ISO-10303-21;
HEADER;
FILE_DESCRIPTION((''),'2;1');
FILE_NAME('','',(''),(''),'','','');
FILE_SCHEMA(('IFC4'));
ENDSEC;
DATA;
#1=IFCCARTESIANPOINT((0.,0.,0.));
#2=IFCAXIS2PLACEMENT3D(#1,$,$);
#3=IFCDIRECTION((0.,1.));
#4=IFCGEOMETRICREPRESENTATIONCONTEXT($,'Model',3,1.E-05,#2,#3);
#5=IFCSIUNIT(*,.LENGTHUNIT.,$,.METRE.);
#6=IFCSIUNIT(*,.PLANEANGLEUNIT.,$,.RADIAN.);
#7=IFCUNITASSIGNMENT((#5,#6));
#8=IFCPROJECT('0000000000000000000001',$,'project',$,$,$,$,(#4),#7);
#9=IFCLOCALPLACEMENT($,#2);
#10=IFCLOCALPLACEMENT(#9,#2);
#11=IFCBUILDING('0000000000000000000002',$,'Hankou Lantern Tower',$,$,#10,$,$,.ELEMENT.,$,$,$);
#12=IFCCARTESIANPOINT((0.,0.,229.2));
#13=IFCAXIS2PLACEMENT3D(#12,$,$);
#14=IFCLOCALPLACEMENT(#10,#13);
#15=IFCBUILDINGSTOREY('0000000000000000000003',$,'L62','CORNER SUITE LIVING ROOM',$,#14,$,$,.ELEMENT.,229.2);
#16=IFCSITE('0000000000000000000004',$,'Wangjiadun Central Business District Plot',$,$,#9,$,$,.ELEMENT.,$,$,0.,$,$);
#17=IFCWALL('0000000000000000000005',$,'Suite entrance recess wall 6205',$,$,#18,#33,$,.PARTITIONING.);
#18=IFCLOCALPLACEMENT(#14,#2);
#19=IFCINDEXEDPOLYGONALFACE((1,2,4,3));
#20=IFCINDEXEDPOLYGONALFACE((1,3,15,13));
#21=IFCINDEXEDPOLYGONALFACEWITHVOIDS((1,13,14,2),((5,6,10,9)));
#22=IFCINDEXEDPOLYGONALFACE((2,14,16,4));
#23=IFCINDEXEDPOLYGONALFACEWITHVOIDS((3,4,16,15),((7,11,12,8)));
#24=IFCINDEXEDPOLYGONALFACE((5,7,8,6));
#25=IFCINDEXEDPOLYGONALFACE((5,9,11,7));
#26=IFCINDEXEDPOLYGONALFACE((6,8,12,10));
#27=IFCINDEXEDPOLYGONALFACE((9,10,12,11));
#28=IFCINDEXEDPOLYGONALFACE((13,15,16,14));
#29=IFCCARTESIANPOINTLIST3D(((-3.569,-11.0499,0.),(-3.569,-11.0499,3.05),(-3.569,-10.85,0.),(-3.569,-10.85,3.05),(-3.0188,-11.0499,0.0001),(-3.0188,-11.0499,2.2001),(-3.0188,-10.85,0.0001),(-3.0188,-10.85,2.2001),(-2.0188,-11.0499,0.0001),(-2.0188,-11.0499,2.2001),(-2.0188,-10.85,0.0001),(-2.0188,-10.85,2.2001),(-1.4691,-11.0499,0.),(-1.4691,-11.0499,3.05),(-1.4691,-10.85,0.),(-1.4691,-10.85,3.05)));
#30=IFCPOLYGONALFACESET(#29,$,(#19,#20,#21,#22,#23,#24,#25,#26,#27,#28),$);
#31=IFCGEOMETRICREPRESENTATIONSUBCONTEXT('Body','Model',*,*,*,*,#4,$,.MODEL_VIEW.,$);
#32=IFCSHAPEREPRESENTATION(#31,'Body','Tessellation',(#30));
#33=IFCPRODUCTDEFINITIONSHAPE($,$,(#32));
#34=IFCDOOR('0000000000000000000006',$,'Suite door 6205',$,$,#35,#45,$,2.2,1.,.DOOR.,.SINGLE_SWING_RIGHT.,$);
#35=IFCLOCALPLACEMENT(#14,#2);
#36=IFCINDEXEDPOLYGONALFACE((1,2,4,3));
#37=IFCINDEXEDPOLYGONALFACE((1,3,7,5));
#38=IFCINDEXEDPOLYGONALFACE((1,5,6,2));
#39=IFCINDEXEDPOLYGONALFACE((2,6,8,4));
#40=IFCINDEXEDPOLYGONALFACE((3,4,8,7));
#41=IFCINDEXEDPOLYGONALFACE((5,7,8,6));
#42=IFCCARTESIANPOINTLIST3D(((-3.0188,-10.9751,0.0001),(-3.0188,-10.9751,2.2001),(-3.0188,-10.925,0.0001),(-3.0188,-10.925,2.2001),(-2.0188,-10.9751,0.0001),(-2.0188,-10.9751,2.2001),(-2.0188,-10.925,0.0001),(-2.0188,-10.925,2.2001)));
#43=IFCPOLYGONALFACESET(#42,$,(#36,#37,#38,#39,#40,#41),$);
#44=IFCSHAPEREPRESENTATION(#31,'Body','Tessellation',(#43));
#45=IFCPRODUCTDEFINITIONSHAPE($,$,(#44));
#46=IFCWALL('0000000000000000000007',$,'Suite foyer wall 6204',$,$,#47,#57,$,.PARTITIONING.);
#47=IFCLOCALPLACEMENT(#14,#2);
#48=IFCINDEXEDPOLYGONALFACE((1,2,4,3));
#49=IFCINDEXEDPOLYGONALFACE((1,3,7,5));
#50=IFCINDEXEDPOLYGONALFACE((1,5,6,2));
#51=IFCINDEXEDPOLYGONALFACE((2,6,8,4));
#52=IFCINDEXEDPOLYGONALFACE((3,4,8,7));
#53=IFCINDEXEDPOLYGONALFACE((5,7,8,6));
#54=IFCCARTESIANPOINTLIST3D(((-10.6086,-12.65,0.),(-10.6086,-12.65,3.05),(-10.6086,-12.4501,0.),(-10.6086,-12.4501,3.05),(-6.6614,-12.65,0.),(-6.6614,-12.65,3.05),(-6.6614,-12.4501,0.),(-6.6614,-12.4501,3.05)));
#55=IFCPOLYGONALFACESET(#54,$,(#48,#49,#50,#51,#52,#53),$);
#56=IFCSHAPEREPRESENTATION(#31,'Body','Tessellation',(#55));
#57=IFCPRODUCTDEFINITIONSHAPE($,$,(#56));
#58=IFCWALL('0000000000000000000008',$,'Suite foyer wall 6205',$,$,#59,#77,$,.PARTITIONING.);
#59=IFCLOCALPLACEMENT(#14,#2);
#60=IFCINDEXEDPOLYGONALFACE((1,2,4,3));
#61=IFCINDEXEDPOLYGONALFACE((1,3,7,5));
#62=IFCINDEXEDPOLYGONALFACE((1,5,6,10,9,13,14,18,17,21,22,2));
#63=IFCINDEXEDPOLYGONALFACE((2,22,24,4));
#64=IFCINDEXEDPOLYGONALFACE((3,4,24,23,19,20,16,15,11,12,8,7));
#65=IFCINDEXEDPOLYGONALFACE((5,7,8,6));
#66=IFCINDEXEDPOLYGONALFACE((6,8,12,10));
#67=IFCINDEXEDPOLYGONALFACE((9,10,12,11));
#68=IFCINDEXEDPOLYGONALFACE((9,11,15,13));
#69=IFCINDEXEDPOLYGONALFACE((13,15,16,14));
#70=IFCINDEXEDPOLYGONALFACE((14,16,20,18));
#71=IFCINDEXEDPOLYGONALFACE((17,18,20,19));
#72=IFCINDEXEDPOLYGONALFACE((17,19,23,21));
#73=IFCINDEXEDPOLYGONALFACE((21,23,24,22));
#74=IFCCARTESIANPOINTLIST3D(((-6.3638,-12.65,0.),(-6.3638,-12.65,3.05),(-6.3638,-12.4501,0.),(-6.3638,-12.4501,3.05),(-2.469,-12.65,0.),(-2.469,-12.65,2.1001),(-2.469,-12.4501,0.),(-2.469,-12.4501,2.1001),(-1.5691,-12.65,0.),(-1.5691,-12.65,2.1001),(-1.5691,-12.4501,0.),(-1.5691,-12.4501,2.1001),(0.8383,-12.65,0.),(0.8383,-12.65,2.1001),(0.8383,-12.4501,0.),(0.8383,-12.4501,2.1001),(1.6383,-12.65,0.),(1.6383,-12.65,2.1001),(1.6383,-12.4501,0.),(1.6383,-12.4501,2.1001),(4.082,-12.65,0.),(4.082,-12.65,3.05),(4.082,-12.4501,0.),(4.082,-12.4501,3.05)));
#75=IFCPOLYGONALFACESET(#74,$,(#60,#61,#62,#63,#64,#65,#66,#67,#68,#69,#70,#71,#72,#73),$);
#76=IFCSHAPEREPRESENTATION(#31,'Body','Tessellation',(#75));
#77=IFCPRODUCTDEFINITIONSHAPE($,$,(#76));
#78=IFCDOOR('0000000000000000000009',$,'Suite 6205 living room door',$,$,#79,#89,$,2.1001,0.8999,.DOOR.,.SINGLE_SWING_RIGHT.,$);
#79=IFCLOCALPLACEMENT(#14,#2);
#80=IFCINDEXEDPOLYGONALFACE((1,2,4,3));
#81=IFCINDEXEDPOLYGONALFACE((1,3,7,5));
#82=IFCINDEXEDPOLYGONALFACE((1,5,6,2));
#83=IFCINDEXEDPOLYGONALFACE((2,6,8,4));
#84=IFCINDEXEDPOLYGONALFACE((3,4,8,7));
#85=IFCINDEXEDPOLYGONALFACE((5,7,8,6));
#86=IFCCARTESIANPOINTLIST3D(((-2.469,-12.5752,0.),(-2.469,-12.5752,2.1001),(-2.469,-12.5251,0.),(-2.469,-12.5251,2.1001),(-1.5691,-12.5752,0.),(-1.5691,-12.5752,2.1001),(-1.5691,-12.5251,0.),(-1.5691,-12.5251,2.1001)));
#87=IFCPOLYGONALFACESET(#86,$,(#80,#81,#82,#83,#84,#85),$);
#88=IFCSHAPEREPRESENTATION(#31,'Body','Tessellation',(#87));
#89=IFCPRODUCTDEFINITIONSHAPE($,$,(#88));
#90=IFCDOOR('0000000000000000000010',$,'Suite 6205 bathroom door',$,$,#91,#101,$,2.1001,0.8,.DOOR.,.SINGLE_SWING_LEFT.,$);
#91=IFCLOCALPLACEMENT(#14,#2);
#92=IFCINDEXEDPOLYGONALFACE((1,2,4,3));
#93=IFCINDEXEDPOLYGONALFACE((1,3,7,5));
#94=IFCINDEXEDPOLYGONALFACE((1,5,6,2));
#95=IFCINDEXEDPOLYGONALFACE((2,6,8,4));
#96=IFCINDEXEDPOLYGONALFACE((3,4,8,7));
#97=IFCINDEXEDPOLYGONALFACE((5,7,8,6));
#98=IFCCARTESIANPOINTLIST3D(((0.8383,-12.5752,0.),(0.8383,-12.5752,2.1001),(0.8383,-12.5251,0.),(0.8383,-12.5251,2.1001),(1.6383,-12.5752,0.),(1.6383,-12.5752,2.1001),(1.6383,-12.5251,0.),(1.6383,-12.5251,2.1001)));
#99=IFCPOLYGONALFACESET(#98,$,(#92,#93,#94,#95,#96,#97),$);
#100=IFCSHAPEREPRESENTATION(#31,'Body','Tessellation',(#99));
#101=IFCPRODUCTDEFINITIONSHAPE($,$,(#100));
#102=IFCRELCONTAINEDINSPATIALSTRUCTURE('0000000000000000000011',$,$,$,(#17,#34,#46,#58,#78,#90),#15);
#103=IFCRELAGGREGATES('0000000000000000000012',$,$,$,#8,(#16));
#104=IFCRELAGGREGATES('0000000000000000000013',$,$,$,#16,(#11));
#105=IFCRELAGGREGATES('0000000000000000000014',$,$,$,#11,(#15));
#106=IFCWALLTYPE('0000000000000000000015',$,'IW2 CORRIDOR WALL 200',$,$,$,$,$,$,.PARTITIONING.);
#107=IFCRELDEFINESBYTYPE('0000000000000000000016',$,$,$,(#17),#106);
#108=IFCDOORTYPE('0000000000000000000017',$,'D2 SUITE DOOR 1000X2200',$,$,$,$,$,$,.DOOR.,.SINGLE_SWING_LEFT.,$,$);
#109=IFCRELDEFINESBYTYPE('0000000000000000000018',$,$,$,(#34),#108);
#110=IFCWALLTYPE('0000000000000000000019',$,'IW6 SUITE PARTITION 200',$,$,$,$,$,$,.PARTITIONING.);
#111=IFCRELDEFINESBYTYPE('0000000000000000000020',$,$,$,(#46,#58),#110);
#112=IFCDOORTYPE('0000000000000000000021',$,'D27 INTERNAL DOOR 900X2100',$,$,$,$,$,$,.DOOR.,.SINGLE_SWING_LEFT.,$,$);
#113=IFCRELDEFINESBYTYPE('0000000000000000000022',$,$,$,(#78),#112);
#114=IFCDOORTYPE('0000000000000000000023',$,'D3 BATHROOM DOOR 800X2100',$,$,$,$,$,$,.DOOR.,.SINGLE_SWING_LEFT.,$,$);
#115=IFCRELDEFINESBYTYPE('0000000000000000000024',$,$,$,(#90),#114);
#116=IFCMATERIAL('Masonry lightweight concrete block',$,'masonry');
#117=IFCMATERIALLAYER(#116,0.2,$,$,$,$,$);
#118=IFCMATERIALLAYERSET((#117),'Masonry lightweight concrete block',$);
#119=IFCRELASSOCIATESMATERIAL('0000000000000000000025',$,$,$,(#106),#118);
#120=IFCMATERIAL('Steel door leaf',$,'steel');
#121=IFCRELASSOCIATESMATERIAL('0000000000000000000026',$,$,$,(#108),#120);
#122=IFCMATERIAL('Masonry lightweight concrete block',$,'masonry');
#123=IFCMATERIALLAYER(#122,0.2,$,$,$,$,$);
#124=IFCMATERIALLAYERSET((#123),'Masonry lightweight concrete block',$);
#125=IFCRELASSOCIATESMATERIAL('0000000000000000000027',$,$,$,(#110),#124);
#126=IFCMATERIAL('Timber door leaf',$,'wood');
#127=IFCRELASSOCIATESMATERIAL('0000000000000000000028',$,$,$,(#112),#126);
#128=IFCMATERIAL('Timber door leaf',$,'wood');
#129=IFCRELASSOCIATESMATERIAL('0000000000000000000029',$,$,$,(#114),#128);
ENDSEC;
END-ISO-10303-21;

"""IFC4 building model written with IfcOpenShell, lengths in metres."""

from ifc_helpers import new_model, si_unit, direction, frame, frame_2d, origin, place, context, subcontext, project, spatial, rectangle, extrude, material, layer, layer_set, type_object, element, fill, save


model = new_model("IFC4")

# Units and contexts
model_context = context("Model", 3, precision=1e-05, world=origin(), true_north=direction((0.0, 1.0)))
body_context = subcontext(model_context, "Body", "Model", "MODEL_VIEW")
ifc_project = project(units=[si_unit("LENGTHUNIT", "METRE"), si_unit("PLANEANGLEUNIT", "RADIAN")], contexts=[model_context])

# Site, building, storey
site_placement = place(None, origin())
site = spatial("IfcSite", under=ifc_project, at=site_placement, Name="Wangjiadun Central Business District Plot", CompositionType="ELEMENT", RefElevation=0.0)
building_placement = place(site_placement, origin())
building = spatial("IfcBuilding", under=site, at=building_placement, Name="Hankou Lantern Tower", CompositionType="ELEMENT")
storey_placement = place(building_placement, frame((0.0, 0.0, 229.2)))
storey = spatial("IfcBuildingStorey", under=building, at=storey_placement, Name="L62", Description="CORNER SUITE LIVING ROOM", CompositionType="ELEMENT", Elevation=229.2)

# Wall, opening, door
ifc_material_1 = material(Name="Masonry lightweight concrete block", Category="masonry")
ifc_layer_1 = layer(ifc_material_1, 0.2)
ifc_layer_set_1 = layer_set([ifc_layer_1], Name="Masonry lightweight concrete block")
wall_type_1 = type_object("IfcWallType", Name="IW2 CORRIDOR WALL 200", PredefinedType="PARTITIONING", material=ifc_layer_set_1)
wall_1_placement = place(storey_placement, frame((-3.5688, -10.95, 0.0), z_axis=(0.0, 0.0, 1.0), x_axis=(1.0, 0.0, 0.0)))
wall_1 = element("IfcWall", 1, at=wall_1_placement, inside=storey, type_object=wall_type_1, Name="Suite entrance recess wall 6205", PredefinedType="PARTITIONING", context=body_context, shape_type="SweptSolid", body=[
    extrude(rectangle(XDim=2.0999, YDim=0.2, at=frame_2d((1.0498, 0.0))), origin(), (0.0, 0.0, 1.0), 3.05),
])
opening_1_placement = place(wall_1_placement, frame((0.55, 0.0, 0.0)))
opening_1 = element("IfcOpeningElement", 2, at=opening_1_placement, cuts=wall_1, PredefinedType="OPENING", context=body_context, shape_type="SweptSolid", body=[
    extrude(rectangle(XDim=1.0, YDim=2.2, at=frame_2d((0.5, 1.1001))), frame((0.0, 0.1099, 0.0), z_axis=(0.0, -1.0, 0.0), x_axis=(1.0, 0.0, 0.0)), (0.0, 0.0, 1.0), 0.22),
])
ifc_material_2 = material(Name="Steel door leaf", Category="steel")
door_type_1 = type_object("IfcDoorType", Name="D2 SUITE DOOR 1000X2200", OperationType="SINGLE_SWING_LEFT", PredefinedType="DOOR", material=ifc_material_2)
door_1_placement = place(opening_1_placement, origin())
door_1 = element("IfcDoor", 3, at=door_1_placement, inside=storey, type_object=door_type_1, Name="Suite door 6205", OperationType="SINGLE_SWING_RIGHT", OverallHeight=2.2, OverallWidth=1.0, PredefinedType="DOOR", context=body_context, shape_type="SweptSolid", body=[
    extrude(rectangle(XDim=1.0, YDim=2.2, at=frame_2d((0.5, 1.1001))), frame((0.0, 0.0249, 0.0), z_axis=(0.0, -1.0, 0.0), x_axis=(1.0, 0.0, 0.0)), (0.0, 0.0, 1.0), 0.05),
])
fill(opening_1, door_1)

# Wall
ifc_material_3 = material(Name="Masonry lightweight concrete block", Category="masonry")
ifc_layer_2 = layer(ifc_material_3, 0.2)
ifc_layer_set_2 = layer_set([ifc_layer_2], Name="Masonry lightweight concrete block")
wall_type_2 = type_object("IfcWallType", Name="IW6 SUITE PARTITION 200", PredefinedType="PARTITIONING", material=ifc_layer_set_2)
wall_2_placement = place(storey_placement, frame((-10.6086, -12.55, 0.0), z_axis=(0.0, 0.0, 1.0), x_axis=(1.0, 0.0, 0.0)))
element("IfcWall", 4, at=wall_2_placement, inside=storey, type_object=wall_type_2, Name="Suite foyer wall 6204", PredefinedType="PARTITIONING", context=body_context, shape_type="SweptSolid", body=[
    extrude(rectangle(XDim=3.9473, YDim=0.2, at=frame_2d((1.9736, 0.0))), origin(), (0.0, 0.0, 1.0), 3.05),
])

# Wall, openings, doors
wall_3_placement = place(storey_placement, frame((-6.3638, -12.55, 0.0), z_axis=(0.0, 0.0, 1.0), x_axis=(1.0, 0.0, 0.0)))
wall_3 = element("IfcWall", 5, at=wall_3_placement, inside=storey, type_object=wall_type_2, Name="Suite foyer wall 6205", PredefinedType="PARTITIONING", context=body_context, shape_type="SweptSolid", body=[
    extrude(rectangle(XDim=10.4458, YDim=0.2, at=frame_2d((5.2229, 0.0))), origin(), (0.0, 0.0, 1.0), 3.05),
])
opening_2_placement = place(wall_3_placement, frame((7.2021, 0.0, 0.0)))
opening_2 = element("IfcOpeningElement", 6, at=opening_2_placement, cuts=wall_3, PredefinedType="OPENING", context=body_context, shape_type="SweptSolid", body=[
    extrude(rectangle(XDim=0.8, YDim=2.1001, at=frame_2d((0.3999, 1.05))), frame((0.0, 0.1099, 0.0), z_axis=(0.0, -1.0, 0.0), x_axis=(1.0, 0.0, 0.0)), (0.0, 0.0, 1.0), 0.22),
])
opening_3_placement = place(wall_3_placement, frame((3.8948, 0.0, 0.0)))
opening_3 = element("IfcOpeningElement", 7, at=opening_3_placement, cuts=wall_3, PredefinedType="OPENING", context=body_context, shape_type="SweptSolid", body=[
    extrude(rectangle(XDim=0.8999, YDim=2.1001, at=frame_2d((0.45, 1.05))), frame((0.0, 0.1099, 0.0), z_axis=(0.0, -1.0, 0.0), x_axis=(1.0, 0.0, 0.0)), (0.0, 0.0, 1.0), 0.22),
])
ifc_material_4 = material(Name="Timber door leaf", Category="wood")
door_type_2 = type_object("IfcDoorType", Name="D27 INTERNAL DOOR 900X2100", OperationType="SINGLE_SWING_LEFT", PredefinedType="DOOR", material=ifc_material_4)
door_2_placement = place(opening_3_placement, origin())
door_2 = element("IfcDoor", 8, at=door_2_placement, inside=storey, type_object=door_type_2, Name="Suite 6205 living room door", OperationType="SINGLE_SWING_RIGHT", OverallHeight=2.1001, OverallWidth=0.8999, PredefinedType="DOOR", context=body_context, shape_type="SweptSolid", body=[
    extrude(rectangle(XDim=0.8999, YDim=2.1001, at=frame_2d((0.45, 1.05))), frame((0.0, 0.0249, 0.0), z_axis=(0.0, -1.0, 0.0), x_axis=(1.0, 0.0, 0.0)), (0.0, 0.0, 1.0), 0.05),
])
fill(opening_3, door_2)
ifc_material_5 = material(Name="Timber door leaf", Category="wood")
door_type_3 = type_object("IfcDoorType", Name="D3 BATHROOM DOOR 800X2100", OperationType="SINGLE_SWING_LEFT", PredefinedType="DOOR", material=ifc_material_5)
door_3_placement = place(opening_2_placement, origin())
door_3 = element("IfcDoor", 9, at=door_3_placement, inside=storey, type_object=door_type_3, Name="Suite 6205 bathroom door", OperationType="SINGLE_SWING_LEFT", OverallHeight=2.1001, OverallWidth=0.8, PredefinedType="DOOR", context=body_context, shape_type="SweptSolid", body=[
    extrude(rectangle(XDim=0.8, YDim=2.1001, at=frame_2d((0.3999, 1.05))), frame((0.0, 0.0249, 0.0), z_axis=(0.0, -1.0, 0.0), x_axis=(1.0, 0.0, 0.0)), (0.0, 0.0, 1.0), 0.05),
])
fill(opening_2, door_3)

save(model, "model.ifc")
